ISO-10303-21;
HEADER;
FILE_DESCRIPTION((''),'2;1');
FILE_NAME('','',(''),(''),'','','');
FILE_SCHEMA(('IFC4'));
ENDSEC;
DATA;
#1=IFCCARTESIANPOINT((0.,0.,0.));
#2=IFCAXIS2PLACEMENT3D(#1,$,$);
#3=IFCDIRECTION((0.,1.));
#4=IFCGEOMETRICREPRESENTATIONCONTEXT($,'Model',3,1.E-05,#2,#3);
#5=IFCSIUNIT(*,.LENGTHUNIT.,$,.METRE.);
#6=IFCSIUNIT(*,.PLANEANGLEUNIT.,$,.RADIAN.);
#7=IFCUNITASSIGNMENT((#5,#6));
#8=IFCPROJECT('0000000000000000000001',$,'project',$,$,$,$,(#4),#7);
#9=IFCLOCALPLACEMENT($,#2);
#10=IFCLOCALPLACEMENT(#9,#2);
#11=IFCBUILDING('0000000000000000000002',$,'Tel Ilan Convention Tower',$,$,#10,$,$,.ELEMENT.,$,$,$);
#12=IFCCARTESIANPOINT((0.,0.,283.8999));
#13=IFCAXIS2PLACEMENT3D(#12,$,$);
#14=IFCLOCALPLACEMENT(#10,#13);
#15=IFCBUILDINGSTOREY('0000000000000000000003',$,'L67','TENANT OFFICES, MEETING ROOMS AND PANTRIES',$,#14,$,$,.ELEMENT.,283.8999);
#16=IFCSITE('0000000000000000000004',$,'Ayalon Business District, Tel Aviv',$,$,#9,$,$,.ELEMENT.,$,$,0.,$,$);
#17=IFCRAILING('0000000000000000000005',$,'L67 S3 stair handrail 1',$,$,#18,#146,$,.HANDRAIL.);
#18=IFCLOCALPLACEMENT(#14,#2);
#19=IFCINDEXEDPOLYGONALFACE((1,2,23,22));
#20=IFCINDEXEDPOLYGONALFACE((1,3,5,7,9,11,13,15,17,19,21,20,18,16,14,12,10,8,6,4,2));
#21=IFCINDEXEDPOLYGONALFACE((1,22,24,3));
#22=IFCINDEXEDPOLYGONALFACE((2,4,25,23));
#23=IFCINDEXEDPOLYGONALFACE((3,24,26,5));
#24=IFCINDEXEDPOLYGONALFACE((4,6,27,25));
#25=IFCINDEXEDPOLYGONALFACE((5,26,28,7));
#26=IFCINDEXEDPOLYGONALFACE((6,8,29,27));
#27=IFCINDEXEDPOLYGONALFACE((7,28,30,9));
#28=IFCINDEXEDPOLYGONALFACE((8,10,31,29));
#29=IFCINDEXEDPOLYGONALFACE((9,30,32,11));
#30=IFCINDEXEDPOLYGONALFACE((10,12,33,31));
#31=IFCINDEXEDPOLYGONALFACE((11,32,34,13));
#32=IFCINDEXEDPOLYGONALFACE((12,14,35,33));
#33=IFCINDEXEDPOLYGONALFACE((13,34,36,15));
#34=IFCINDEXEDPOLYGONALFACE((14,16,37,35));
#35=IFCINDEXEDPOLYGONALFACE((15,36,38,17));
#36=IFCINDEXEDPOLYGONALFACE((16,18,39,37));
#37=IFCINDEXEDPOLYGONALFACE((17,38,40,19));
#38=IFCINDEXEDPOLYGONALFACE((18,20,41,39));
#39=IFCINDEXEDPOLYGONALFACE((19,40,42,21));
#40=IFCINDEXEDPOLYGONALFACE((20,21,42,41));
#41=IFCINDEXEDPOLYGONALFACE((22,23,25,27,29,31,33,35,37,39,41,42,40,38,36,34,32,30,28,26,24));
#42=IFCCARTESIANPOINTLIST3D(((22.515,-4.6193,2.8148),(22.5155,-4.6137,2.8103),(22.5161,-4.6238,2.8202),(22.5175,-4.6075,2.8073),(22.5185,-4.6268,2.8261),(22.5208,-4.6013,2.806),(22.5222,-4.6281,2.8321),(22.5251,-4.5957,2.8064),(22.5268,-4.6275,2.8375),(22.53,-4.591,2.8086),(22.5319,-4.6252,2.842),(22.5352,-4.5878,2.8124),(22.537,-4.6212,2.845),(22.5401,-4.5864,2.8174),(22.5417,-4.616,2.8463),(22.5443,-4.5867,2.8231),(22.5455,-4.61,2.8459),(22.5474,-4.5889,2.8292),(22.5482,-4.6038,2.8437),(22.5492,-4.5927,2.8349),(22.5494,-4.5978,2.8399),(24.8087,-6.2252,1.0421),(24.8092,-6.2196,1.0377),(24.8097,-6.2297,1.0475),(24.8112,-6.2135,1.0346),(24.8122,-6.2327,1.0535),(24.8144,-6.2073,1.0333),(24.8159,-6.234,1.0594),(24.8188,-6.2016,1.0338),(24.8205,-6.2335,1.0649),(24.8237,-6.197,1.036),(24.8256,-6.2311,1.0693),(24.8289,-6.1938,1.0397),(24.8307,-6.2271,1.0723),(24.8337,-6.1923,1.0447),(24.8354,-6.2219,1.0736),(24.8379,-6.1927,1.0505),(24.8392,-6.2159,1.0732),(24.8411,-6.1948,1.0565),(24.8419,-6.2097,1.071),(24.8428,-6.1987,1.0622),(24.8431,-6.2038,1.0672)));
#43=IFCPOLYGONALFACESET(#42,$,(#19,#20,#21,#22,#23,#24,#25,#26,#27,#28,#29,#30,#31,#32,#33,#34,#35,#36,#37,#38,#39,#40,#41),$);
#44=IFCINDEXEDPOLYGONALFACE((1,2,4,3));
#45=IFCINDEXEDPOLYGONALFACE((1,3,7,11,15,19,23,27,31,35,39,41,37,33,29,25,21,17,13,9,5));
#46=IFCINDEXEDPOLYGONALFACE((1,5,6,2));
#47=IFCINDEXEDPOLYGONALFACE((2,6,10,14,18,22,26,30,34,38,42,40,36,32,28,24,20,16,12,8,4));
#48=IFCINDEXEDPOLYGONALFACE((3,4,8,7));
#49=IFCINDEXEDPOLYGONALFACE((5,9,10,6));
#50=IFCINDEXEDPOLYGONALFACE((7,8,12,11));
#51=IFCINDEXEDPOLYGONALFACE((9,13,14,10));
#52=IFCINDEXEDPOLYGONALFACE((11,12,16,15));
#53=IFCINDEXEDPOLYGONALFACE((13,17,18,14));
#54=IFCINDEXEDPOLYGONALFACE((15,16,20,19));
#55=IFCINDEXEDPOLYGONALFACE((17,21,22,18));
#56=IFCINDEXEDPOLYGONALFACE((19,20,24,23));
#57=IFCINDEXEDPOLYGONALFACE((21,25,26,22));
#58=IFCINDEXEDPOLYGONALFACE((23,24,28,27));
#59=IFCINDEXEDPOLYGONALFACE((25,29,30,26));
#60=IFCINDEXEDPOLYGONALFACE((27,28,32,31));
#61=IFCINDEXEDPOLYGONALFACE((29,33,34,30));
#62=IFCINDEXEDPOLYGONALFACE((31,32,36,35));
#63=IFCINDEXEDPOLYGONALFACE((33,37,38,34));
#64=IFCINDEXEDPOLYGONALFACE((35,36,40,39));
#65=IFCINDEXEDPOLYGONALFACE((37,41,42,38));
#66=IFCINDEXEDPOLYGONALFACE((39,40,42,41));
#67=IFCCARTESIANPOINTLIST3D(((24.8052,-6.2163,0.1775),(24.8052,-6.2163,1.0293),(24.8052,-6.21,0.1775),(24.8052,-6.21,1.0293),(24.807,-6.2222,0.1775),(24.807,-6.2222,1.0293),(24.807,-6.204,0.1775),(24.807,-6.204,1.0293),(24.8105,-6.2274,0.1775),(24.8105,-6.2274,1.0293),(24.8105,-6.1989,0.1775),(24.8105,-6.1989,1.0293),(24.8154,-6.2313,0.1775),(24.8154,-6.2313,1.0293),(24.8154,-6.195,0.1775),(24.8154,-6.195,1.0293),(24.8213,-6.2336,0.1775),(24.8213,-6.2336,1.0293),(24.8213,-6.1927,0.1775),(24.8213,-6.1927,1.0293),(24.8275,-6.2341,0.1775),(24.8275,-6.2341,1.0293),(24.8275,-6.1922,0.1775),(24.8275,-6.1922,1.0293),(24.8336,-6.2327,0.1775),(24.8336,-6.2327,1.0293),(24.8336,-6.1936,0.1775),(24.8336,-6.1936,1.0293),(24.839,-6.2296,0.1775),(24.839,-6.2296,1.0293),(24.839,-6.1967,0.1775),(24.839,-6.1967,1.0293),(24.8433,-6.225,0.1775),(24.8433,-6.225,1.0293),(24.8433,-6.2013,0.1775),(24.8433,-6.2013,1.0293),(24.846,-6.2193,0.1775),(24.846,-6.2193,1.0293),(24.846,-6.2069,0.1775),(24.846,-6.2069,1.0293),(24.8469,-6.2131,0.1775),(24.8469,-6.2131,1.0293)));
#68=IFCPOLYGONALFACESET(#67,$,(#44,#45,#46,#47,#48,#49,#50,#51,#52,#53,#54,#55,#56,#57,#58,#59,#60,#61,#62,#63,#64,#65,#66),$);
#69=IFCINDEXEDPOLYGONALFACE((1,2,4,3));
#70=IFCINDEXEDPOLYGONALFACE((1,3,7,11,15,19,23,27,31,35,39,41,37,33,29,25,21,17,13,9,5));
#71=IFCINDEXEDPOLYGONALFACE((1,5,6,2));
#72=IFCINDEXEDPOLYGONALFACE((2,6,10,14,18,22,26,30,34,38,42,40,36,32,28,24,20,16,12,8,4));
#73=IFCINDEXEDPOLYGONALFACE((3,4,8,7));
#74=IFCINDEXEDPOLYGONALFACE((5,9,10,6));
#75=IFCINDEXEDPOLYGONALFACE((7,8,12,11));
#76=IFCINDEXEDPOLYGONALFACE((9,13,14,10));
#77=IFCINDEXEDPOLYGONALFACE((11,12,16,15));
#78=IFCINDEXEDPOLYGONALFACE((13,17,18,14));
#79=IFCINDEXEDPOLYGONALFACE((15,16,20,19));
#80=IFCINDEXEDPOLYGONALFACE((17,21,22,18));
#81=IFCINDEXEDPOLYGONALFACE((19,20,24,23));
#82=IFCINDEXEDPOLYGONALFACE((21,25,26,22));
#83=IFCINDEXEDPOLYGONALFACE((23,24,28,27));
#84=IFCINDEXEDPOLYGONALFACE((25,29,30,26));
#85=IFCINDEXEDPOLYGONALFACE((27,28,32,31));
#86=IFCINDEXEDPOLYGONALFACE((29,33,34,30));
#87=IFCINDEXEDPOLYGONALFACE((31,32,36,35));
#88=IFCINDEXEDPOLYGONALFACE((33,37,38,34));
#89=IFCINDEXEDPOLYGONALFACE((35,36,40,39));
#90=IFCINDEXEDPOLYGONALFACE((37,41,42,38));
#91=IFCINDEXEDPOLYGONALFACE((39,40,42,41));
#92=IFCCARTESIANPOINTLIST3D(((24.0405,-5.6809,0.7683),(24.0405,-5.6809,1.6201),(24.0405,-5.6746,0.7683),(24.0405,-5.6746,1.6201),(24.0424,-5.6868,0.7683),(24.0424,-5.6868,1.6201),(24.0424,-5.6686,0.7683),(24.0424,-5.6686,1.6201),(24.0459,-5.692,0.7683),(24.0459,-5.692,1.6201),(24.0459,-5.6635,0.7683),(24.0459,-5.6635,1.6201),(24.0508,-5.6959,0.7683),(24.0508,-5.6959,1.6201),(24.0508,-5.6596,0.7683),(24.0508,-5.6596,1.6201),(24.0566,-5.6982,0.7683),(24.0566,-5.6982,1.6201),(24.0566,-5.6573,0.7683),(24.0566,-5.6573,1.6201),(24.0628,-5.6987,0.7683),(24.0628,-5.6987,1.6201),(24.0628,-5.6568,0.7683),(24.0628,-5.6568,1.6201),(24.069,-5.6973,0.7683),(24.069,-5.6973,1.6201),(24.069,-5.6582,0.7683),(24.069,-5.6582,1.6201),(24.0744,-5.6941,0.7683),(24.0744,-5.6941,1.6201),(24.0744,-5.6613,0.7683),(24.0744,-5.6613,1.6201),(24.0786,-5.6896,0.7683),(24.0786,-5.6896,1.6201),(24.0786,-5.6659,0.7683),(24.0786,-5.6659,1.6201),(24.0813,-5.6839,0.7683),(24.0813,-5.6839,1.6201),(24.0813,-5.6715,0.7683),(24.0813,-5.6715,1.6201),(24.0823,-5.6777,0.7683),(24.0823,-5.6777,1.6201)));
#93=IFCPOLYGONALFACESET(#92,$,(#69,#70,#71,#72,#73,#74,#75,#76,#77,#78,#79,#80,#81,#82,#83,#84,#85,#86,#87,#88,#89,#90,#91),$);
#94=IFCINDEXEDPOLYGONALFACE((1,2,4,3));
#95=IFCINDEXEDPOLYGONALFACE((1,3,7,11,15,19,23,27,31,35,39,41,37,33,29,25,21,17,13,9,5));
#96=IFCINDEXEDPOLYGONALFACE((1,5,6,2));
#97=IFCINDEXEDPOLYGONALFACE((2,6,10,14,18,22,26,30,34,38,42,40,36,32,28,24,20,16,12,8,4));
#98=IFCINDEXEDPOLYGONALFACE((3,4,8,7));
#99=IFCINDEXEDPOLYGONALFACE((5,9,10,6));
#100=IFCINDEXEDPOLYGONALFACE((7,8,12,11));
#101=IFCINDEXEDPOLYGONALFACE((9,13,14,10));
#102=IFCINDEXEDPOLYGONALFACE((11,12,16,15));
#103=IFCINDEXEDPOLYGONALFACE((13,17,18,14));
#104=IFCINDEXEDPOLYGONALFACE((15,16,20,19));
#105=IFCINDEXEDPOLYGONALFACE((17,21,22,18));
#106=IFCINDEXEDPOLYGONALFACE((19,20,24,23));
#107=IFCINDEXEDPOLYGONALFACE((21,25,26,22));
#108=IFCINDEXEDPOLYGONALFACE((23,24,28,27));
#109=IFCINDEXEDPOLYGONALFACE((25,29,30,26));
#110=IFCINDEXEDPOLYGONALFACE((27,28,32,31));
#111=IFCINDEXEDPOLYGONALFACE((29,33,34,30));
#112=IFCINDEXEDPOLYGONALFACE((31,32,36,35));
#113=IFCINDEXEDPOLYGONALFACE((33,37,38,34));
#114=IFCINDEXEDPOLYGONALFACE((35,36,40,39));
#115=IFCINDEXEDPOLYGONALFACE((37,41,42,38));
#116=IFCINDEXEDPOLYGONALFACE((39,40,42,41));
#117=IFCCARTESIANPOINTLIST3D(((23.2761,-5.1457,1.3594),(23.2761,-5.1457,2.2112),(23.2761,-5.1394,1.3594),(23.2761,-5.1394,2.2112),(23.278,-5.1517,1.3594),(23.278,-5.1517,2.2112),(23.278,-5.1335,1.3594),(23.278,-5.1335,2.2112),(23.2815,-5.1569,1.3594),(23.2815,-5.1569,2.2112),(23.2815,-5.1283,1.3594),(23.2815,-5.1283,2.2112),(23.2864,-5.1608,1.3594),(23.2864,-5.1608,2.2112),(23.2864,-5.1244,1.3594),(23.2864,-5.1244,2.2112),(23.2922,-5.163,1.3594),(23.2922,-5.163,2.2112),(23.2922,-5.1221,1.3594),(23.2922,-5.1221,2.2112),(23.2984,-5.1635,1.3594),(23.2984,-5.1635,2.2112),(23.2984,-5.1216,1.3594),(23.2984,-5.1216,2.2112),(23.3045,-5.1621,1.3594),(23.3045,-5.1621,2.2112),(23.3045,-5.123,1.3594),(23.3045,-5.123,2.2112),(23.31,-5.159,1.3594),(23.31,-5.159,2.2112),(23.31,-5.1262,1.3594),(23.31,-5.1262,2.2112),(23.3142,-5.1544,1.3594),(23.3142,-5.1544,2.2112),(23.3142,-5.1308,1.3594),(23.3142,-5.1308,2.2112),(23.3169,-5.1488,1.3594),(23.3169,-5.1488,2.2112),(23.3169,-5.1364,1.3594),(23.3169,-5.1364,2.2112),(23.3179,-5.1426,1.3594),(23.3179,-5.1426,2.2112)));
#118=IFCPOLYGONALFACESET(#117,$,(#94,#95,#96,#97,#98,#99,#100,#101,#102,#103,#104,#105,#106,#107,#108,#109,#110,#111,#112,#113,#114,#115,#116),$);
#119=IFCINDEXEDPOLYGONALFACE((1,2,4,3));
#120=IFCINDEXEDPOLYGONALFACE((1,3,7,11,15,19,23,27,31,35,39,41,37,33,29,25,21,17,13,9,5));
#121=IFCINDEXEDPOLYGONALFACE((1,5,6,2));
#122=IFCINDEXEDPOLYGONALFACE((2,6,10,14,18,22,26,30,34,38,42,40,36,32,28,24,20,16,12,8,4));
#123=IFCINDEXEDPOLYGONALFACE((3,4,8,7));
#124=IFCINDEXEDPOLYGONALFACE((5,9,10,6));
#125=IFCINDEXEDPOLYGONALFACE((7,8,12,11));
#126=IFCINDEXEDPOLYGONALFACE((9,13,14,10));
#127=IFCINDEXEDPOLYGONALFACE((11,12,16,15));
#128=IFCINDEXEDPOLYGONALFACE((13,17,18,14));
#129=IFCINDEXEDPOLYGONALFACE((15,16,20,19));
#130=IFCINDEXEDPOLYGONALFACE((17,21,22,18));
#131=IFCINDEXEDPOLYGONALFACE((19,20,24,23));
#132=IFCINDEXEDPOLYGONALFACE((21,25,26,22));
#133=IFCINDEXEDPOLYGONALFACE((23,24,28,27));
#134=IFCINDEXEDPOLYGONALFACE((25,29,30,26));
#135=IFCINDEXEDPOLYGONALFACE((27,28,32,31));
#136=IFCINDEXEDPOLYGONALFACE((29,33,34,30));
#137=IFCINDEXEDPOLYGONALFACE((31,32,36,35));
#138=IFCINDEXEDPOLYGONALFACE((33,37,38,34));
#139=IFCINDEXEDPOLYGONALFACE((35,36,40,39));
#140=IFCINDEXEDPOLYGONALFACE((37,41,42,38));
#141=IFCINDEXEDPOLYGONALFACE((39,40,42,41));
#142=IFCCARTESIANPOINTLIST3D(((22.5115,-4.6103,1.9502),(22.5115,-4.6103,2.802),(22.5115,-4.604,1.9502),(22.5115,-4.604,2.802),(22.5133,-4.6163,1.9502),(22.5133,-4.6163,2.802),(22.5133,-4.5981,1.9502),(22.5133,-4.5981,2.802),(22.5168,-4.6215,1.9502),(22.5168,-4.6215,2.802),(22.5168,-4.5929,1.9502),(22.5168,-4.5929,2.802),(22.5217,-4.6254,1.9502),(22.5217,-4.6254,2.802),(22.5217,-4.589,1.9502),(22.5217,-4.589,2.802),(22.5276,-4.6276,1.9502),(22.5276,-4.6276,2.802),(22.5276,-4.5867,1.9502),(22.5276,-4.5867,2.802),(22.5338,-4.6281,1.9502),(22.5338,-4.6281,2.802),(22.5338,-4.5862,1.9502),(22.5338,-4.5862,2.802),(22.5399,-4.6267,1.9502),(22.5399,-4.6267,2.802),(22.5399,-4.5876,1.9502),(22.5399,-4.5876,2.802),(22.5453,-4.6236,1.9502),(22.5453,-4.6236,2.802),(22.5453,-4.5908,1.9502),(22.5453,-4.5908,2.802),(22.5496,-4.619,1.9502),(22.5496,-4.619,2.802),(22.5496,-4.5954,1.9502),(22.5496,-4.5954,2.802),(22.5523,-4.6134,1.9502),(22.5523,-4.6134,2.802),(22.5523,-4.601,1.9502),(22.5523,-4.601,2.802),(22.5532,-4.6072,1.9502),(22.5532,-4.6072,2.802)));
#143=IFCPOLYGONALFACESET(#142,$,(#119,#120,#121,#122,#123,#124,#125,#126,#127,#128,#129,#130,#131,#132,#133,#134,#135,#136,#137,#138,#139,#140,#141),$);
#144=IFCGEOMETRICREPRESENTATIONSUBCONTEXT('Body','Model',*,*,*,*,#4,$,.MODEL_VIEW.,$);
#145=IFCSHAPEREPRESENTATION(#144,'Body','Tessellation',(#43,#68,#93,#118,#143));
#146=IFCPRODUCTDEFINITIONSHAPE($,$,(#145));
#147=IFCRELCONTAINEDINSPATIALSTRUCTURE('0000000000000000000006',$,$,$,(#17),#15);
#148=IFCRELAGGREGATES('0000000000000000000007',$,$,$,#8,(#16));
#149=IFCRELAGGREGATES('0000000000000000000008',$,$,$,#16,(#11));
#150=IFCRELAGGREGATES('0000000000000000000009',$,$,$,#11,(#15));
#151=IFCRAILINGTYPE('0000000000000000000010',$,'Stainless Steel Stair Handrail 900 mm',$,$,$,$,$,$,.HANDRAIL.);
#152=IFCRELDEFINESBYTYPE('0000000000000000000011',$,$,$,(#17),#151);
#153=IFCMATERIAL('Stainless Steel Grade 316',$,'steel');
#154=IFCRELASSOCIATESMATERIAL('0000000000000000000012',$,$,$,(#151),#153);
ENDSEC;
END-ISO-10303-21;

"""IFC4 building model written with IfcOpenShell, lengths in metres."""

from ifc_helpers import new_model, si_unit, direction, frame, origin, origin_2d, place, context, subcontext, project, spatial, circle, extrude, material, type_object, element, save


model = new_model("IFC4")

# Units and contexts
model_context = context("Model", 3, precision=1e-05, world=origin(), true_north=direction((0.0, 1.0)))
body_context = subcontext(model_context, "Body", "Model", "MODEL_VIEW")
ifc_project = project(units=[si_unit("LENGTHUNIT", "METRE"), si_unit("PLANEANGLEUNIT", "RADIAN")], contexts=[model_context])

# Site, building, storey
site_placement = place(None, origin())
site = spatial("IfcSite", under=ifc_project, at=site_placement, Name="Ayalon Business District, Tel Aviv", CompositionType="ELEMENT", RefElevation=0.0)
building_placement = place(site_placement, origin())
building = spatial("IfcBuilding", under=site, at=building_placement, Name="Tel Ilan Convention Tower", CompositionType="ELEMENT")
storey_placement = place(building_placement, frame((0.0, 0.0, 283.8999)))
storey = spatial("IfcBuildingStorey", under=building, at=storey_placement, Name="L67", Description="TENANT OFFICES, MEETING ROOMS AND PANTRIES", CompositionType="ELEMENT", Elevation=283.8999)

# Railing
ifc_material_1 = material(Name="Stainless Steel Grade 316", Category="steel")
railing_type_1 = type_object("IfcRailingType", Name="Stainless Steel Stair Handrail 900 mm", PredefinedType="HANDRAIL", material=ifc_material_1)
for number, where, name in (
    (1, (24.8259, -6.2131, 0.1775), "L67 S3 stair handrail 1"),
):
    element("IfcRailing", number, at=place(storey_placement, frame(where)), inside=storey, type_object=railing_type_1, Name=name, PredefinedType="HANDRAIL", context=body_context, shape_type="SweptSolid", body=[
        extrude(circle(Radius=0.0239, at=origin_2d()), frame((0.0, 0.0, 0.876), z_axis=(-0.692123, 0.484597, 0.534913), x_axis=(-0.57355, -0.81917, 0.0)), (0.0, 0.0, 1.0), 3.314),
        extrude(circle(Radius=0.021, at=origin_2d()), origin(), (0.0, 0.0, 1.0), 0.8518),
        extrude(circle(Radius=0.021, at=origin_2d()), frame((-0.7646, 0.5354, 0.5908)), (0.0, 0.0, 1.0), 0.8518),
        extrude(circle(Radius=0.021, at=origin_2d()), frame((-1.5291, 1.0706, 1.1819)), (0.0, 0.0, 1.0), 0.8518),
        extrude(circle(Radius=0.021, at=origin_2d()), frame((-2.2937, 1.606, 1.7727)), (0.0, 0.0, 1.0), 0.8518),
    ])

save(model, "model.ifc")
